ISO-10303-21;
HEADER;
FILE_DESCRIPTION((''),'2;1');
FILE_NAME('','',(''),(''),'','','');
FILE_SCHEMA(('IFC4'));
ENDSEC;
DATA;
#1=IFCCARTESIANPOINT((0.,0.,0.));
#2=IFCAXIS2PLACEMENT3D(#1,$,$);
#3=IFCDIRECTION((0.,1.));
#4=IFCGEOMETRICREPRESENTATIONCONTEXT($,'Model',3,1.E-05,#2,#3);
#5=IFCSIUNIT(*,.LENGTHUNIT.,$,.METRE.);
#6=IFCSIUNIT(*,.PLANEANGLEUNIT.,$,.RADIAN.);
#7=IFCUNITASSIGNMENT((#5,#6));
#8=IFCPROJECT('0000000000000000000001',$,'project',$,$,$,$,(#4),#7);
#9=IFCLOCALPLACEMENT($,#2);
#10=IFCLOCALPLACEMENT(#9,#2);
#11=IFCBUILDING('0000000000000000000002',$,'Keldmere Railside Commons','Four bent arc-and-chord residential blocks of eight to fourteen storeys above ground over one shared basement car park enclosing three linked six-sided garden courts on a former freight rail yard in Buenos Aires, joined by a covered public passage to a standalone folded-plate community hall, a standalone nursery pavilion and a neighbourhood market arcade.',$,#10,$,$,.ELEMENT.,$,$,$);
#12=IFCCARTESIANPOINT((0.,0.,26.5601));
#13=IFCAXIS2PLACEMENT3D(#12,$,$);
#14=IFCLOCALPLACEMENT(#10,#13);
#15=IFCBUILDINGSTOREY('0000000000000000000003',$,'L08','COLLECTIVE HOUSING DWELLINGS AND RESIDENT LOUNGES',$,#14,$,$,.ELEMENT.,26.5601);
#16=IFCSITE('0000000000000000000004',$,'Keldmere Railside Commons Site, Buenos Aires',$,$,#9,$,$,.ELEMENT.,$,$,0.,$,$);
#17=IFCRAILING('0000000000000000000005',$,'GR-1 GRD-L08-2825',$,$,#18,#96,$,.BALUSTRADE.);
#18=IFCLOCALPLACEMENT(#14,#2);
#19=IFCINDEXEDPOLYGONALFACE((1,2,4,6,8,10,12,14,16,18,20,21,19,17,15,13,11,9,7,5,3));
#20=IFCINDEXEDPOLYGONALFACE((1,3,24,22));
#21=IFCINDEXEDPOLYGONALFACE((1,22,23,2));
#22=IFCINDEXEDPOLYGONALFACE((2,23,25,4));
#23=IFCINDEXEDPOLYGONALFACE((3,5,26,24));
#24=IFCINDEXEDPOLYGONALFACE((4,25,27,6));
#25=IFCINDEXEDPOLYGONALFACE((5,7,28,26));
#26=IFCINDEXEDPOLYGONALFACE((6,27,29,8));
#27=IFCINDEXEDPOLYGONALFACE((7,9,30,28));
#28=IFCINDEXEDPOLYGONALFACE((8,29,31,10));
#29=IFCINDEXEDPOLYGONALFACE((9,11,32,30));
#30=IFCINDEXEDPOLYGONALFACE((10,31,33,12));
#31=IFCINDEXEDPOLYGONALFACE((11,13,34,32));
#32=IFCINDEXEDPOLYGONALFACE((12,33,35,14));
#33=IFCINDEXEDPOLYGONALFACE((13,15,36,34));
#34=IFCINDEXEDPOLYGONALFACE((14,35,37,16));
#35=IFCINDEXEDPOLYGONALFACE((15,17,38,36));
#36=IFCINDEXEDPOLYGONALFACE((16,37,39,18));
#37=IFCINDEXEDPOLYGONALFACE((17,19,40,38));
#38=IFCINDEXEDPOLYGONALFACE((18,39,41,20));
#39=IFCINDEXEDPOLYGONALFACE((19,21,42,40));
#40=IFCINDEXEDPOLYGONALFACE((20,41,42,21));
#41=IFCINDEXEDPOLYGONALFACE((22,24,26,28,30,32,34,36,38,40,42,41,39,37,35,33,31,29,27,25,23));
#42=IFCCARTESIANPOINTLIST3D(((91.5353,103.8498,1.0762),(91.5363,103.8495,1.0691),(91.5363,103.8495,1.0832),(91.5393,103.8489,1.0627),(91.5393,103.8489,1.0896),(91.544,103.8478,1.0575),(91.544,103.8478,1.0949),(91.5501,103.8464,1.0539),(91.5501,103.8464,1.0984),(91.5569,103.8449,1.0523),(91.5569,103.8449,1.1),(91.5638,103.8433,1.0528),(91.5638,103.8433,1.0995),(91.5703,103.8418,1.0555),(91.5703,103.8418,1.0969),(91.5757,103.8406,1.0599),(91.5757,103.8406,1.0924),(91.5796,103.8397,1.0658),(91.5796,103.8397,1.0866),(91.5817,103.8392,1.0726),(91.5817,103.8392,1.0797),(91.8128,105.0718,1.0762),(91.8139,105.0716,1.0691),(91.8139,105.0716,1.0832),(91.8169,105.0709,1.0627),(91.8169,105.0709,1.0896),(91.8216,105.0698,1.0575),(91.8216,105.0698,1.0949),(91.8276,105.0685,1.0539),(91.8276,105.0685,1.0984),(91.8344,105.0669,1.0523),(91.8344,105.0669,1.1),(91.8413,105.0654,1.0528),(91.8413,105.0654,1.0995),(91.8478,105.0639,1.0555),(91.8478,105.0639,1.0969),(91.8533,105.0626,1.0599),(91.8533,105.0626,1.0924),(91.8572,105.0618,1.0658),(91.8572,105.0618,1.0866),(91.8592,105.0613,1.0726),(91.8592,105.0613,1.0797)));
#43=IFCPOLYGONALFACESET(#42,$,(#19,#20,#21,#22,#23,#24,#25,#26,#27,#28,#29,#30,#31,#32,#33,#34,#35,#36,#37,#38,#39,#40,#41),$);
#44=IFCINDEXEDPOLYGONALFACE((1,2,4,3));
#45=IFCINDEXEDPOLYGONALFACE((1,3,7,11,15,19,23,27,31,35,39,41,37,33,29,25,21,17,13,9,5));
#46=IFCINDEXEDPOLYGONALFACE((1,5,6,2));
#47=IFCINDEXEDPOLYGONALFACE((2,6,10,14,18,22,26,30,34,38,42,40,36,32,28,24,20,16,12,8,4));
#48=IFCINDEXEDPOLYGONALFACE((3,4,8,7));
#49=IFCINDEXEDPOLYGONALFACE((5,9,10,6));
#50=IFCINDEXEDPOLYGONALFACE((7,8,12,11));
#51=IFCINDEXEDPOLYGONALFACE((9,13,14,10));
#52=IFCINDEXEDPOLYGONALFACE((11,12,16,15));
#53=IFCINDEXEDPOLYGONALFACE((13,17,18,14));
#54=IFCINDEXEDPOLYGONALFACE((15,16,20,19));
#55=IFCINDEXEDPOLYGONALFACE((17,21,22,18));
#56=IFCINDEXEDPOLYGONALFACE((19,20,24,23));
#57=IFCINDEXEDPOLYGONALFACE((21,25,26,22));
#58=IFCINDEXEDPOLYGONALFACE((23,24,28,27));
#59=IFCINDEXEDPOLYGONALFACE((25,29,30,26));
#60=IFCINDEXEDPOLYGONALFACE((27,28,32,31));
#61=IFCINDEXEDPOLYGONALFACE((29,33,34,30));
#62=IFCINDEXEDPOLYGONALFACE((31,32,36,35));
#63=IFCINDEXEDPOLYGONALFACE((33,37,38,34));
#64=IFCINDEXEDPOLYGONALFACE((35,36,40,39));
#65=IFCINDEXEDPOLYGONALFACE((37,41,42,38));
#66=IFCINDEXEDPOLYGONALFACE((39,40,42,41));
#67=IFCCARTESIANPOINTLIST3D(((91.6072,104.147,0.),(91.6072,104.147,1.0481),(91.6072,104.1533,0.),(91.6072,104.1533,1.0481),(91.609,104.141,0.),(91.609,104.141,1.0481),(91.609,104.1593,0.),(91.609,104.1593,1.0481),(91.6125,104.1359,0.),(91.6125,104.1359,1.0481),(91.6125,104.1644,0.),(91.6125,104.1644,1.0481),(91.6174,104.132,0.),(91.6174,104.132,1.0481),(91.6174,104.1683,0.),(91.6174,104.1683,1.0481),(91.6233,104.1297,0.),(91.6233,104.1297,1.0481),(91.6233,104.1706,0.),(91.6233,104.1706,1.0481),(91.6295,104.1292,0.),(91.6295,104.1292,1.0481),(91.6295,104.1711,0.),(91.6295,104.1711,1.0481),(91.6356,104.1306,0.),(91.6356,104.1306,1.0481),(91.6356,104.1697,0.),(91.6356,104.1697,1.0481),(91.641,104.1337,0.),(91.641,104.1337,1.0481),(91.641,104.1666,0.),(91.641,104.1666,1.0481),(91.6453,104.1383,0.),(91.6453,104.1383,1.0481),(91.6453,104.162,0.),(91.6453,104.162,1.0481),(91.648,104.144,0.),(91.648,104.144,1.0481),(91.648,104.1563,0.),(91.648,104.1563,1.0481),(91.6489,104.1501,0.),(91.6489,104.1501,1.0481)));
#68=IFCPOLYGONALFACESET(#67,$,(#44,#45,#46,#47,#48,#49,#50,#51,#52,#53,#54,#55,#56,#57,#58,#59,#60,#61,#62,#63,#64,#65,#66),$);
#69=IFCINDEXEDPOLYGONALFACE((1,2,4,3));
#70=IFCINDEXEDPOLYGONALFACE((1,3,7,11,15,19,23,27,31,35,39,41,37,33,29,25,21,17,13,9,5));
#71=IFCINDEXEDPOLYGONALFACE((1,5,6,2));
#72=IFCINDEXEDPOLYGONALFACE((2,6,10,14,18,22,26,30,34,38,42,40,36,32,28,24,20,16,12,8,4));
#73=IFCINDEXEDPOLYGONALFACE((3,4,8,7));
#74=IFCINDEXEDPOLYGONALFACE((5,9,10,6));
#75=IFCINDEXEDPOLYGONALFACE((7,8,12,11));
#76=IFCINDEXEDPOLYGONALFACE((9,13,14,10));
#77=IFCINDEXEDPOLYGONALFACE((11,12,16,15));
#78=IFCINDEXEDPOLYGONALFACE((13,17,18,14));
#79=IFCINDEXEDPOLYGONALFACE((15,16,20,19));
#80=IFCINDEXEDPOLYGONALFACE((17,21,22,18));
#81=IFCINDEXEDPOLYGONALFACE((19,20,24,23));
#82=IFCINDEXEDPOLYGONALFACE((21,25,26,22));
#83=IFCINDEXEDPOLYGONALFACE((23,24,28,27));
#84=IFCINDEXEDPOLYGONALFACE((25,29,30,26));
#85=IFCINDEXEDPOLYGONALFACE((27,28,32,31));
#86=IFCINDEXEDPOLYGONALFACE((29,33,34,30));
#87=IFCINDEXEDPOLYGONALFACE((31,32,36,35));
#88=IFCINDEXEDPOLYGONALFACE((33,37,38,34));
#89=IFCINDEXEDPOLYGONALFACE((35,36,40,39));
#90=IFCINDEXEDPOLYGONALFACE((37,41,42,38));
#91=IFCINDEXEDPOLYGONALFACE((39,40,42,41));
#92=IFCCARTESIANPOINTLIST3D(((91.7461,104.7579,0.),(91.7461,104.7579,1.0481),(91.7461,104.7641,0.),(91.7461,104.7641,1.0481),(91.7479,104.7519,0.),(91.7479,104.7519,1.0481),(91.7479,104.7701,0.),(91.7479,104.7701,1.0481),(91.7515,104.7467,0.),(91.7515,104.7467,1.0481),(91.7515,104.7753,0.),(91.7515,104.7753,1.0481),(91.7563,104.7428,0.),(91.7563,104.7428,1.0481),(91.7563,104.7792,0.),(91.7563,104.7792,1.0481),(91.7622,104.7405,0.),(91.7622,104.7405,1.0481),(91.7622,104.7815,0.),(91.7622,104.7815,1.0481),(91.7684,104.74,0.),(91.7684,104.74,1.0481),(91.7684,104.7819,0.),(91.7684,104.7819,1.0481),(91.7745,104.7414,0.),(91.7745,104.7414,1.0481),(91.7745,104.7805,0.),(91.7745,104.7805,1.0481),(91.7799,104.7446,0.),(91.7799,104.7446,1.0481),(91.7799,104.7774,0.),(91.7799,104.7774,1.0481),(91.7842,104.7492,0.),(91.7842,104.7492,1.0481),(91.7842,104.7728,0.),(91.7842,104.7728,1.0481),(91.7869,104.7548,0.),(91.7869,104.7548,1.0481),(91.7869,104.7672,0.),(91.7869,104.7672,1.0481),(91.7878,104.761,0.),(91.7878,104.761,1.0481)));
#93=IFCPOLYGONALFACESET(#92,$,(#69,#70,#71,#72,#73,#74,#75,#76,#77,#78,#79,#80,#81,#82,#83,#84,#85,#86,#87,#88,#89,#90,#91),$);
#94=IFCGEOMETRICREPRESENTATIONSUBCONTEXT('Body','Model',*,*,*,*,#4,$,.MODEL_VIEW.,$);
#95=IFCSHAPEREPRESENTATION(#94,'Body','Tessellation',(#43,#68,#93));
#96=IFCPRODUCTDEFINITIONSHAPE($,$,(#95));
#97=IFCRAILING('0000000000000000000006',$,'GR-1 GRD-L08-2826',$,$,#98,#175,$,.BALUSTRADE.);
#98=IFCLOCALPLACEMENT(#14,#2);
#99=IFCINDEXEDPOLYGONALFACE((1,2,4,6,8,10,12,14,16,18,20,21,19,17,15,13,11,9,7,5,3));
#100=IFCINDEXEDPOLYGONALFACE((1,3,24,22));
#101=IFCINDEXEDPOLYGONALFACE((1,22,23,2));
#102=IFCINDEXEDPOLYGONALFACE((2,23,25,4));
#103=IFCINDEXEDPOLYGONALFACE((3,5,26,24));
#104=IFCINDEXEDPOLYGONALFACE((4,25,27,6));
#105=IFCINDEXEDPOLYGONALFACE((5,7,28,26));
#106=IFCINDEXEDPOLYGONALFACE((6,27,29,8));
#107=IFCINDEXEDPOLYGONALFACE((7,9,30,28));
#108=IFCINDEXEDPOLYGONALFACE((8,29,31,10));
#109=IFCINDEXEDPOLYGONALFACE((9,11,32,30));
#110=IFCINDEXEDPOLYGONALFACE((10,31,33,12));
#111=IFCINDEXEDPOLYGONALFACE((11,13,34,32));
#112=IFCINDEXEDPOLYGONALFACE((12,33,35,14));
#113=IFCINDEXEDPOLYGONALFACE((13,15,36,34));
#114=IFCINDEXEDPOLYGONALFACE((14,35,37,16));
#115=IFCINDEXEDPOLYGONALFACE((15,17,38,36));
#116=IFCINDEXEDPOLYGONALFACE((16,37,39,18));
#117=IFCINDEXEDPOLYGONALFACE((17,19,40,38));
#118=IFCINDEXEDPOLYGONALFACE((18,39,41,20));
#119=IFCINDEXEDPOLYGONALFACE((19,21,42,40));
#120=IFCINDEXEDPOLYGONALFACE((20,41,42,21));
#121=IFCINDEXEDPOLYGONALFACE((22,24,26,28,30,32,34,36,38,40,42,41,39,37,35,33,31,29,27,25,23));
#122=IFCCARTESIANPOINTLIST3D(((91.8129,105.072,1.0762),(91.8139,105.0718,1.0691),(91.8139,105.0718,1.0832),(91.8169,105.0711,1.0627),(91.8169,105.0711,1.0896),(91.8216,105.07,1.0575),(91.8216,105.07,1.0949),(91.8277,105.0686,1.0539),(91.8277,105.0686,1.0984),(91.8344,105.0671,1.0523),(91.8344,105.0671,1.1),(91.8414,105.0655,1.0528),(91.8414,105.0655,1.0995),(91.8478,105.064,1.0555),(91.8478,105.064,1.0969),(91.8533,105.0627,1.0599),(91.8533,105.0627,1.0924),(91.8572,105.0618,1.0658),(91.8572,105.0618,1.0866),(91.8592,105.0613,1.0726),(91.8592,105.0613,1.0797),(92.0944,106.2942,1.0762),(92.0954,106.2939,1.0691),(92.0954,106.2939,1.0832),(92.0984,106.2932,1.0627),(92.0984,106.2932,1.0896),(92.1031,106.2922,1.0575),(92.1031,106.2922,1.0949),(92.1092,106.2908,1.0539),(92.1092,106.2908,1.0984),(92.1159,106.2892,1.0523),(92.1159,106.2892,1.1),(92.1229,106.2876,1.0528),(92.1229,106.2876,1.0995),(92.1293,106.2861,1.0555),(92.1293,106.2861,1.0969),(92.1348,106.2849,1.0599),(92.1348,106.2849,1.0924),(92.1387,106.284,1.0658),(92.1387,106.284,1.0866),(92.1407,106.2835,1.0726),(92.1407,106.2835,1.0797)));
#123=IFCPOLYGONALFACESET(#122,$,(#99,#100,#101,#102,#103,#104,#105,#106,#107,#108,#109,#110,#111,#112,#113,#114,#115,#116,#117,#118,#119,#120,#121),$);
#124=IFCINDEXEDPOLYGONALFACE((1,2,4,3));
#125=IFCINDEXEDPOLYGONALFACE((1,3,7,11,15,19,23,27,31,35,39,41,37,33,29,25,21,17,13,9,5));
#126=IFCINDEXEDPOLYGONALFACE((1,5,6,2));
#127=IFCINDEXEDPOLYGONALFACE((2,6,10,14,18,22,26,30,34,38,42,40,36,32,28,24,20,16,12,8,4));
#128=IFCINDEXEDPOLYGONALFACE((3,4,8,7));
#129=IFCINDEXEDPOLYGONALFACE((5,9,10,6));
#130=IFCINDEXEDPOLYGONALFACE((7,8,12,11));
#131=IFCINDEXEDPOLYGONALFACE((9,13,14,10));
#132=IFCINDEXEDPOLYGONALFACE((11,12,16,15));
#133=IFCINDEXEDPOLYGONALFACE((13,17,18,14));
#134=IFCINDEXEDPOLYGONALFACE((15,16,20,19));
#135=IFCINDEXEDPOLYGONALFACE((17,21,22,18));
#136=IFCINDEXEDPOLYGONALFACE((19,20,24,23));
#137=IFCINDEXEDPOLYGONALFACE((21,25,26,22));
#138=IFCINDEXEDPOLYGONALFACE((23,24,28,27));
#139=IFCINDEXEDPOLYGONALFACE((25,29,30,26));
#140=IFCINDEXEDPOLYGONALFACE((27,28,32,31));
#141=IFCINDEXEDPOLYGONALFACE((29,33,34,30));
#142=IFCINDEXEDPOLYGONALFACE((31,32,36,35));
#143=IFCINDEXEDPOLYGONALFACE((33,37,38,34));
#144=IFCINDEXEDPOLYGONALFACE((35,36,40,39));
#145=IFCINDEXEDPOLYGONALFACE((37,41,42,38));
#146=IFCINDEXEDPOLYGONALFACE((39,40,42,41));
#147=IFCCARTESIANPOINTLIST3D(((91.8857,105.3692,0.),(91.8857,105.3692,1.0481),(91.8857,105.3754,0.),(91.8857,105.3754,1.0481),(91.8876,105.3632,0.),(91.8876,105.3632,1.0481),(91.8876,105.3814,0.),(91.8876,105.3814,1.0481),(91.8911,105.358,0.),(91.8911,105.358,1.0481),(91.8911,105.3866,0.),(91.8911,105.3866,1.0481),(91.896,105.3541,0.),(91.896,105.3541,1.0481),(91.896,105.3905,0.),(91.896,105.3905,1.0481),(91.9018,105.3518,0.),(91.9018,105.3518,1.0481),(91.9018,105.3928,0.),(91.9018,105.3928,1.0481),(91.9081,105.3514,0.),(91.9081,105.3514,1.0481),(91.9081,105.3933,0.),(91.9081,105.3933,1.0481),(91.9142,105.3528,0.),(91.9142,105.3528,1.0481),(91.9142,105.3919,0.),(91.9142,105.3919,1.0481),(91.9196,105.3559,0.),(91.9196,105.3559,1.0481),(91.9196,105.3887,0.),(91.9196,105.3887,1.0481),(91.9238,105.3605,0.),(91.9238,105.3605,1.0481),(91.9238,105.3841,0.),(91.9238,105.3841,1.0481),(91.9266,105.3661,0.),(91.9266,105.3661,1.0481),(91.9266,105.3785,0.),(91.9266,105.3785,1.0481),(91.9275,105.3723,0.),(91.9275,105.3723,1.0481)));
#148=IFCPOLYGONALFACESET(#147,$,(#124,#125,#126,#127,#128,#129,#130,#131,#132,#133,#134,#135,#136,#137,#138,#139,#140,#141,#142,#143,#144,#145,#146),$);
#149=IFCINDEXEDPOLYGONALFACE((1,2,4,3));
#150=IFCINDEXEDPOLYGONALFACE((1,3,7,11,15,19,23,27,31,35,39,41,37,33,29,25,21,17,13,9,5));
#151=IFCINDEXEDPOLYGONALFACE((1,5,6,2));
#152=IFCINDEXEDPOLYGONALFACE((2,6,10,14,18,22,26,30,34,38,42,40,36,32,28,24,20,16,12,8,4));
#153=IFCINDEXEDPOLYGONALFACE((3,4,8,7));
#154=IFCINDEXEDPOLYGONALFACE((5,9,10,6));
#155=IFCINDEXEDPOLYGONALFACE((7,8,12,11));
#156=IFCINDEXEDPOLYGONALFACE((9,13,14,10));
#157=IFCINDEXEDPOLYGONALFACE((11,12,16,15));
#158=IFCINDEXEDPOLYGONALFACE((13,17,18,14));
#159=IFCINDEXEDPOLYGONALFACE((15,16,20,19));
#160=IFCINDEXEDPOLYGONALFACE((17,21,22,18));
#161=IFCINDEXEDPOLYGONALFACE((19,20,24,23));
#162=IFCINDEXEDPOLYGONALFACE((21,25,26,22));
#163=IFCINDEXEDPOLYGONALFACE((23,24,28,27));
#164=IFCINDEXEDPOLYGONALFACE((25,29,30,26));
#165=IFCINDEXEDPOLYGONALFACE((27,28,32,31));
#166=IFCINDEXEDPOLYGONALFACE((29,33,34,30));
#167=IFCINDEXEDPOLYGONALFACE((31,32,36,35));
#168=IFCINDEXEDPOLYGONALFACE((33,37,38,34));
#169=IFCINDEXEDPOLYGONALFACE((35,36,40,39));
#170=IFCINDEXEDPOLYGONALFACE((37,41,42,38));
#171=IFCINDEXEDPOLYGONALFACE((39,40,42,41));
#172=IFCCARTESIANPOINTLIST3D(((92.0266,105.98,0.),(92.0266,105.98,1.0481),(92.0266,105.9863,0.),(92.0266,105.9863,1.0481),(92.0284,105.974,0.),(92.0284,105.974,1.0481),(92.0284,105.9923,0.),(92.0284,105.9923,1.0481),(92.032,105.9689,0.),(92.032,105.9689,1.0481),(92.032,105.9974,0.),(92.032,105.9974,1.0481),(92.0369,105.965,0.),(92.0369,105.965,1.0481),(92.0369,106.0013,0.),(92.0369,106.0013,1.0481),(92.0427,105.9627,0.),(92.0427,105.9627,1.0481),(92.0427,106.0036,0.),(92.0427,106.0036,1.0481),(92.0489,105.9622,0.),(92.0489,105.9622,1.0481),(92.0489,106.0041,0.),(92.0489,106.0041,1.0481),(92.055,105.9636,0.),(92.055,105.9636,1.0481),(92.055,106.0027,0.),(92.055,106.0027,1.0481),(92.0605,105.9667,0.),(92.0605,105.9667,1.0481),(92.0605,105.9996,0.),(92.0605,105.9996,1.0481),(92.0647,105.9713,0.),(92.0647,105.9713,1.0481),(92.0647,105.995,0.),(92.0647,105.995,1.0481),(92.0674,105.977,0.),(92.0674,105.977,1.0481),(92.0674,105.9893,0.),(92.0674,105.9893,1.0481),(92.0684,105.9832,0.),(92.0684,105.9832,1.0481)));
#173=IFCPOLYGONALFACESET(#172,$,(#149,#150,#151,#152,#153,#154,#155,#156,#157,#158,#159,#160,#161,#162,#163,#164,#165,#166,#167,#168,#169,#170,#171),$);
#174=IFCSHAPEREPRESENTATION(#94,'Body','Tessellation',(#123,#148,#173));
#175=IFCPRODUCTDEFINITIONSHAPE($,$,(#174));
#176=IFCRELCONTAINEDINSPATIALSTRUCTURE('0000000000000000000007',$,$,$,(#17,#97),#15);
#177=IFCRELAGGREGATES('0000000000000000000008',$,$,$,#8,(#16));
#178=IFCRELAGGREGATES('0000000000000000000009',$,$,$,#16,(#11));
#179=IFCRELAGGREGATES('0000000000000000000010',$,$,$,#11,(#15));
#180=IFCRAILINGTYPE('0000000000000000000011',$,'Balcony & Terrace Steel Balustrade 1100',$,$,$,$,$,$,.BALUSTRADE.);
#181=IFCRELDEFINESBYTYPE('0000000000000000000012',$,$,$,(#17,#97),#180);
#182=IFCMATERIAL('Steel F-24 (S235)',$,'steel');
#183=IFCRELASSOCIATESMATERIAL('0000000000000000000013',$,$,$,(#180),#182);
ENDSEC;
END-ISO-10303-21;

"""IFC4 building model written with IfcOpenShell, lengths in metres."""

from ifc_helpers import new_model, si_unit, direction, frame, origin, origin_2d, place, context, subcontext, project, spatial, circle, extrude, material, type_object, element, save


model = new_model("IFC4")

# Units and contexts
model_context = context("Model", 3, precision=1e-05, world=origin(), true_north=direction((0.0, 1.0)))
body_context = subcontext(model_context, "Body", "Model", "MODEL_VIEW")
ifc_project = project(units=[si_unit("LENGTHUNIT", "METRE"), si_unit("PLANEANGLEUNIT", "RADIAN")], contexts=[model_context])

# Site, building, storey
site_placement = place(None, origin())
site = spatial("IfcSite", under=ifc_project, at=site_placement, Name="Keldmere Railside Commons Site, Buenos Aires", CompositionType="ELEMENT", RefElevation=0.0)
building_placement = place(site_placement, origin())
building = spatial("IfcBuilding", under=site, at=building_placement, Name="Keldmere Railside Commons", Description="Four bent arc-and-chord residential blocks of eight to fourteen storeys above ground over one shared basement car park enclosing three linked six-sided garden courts on a former freight rail yard in Buenos Aires, joined by a covered public passage to a standalone folded-plate community hall, a standalone nursery pavilion and a neighbourhood market arcade.", CompositionType="ELEMENT")
storey_placement = place(building_placement, frame((0.0, 0.0, 26.5601)))
storey = spatial("IfcBuildingStorey", under=building, at=storey_placement, Name="L08", Description="COLLECTIVE HOUSING DWELLINGS AND RESIDENT LOUNGES", CompositionType="ELEMENT", Elevation=26.5601)

# Railings
ifc_material_1 = material(Name="Steel F-24 (S235)", Category="steel")
railing_type = type_object("IfcRailingType", Name="Balcony & Terrace Steel Balustrade 1100", PredefinedType="BALUSTRADE", material=ifc_material_1)
railing_1_placement = place(storey_placement, frame((91.5586, 103.8445, 0.0)))
element("IfcRailing", 1, at=railing_1_placement, inside=storey, type_object=railing_type, Name="GR-1 GRD-L08-2825", PredefinedType="BALUSTRADE", context=body_context, shape_type="SweptSolid", body=[
    extrude(circle(Radius=0.0239, at=origin_2d()), frame((0.0, 0.0, 1.0762), z_axis=(0.221486, 0.975163, 0.0), x_axis=(-0.975163, 0.221486, 0.0)), (0.0, 0.0, 1.0), 1.2532),
    extrude(circle(Radius=0.021, at=origin_2d()), frame((0.0693, 0.3057, 0.0)), (0.0, 0.0, 1.0), 1.0481),
    extrude(circle(Radius=0.021, at=origin_2d()), frame((0.2083, 0.9165, 0.0)), (0.0, 0.0, 1.0), 1.0481),
])
railing_2_placement = place(storey_placement, frame((91.8362, 105.0667, 0.0)))
element("IfcRailing", 2, at=railing_2_placement, inside=storey, type_object=railing_type, Name="GR-1 GRD-L08-2826", PredefinedType="BALUSTRADE", context=body_context, shape_type="SweptSolid", body=[
    extrude(circle(Radius=0.0239, at=origin_2d()), frame((0.0, 0.0, 1.0762), z_axis=(0.224447, 0.974486, 0.0), x_axis=(-0.974486, 0.224447, 0.0)), (0.0, 0.0, 1.0), 1.2542),
    extrude(circle(Radius=0.021, at=origin_2d()), frame((0.0703, 0.3057, 0.0)), (0.0, 0.0, 1.0), 1.0481),
    extrude(circle(Radius=0.021, at=origin_2d()), frame((0.2112, 0.9165, 0.0)), (0.0, 0.0, 1.0), 1.0481),
])

save(model, "model.ifc")
